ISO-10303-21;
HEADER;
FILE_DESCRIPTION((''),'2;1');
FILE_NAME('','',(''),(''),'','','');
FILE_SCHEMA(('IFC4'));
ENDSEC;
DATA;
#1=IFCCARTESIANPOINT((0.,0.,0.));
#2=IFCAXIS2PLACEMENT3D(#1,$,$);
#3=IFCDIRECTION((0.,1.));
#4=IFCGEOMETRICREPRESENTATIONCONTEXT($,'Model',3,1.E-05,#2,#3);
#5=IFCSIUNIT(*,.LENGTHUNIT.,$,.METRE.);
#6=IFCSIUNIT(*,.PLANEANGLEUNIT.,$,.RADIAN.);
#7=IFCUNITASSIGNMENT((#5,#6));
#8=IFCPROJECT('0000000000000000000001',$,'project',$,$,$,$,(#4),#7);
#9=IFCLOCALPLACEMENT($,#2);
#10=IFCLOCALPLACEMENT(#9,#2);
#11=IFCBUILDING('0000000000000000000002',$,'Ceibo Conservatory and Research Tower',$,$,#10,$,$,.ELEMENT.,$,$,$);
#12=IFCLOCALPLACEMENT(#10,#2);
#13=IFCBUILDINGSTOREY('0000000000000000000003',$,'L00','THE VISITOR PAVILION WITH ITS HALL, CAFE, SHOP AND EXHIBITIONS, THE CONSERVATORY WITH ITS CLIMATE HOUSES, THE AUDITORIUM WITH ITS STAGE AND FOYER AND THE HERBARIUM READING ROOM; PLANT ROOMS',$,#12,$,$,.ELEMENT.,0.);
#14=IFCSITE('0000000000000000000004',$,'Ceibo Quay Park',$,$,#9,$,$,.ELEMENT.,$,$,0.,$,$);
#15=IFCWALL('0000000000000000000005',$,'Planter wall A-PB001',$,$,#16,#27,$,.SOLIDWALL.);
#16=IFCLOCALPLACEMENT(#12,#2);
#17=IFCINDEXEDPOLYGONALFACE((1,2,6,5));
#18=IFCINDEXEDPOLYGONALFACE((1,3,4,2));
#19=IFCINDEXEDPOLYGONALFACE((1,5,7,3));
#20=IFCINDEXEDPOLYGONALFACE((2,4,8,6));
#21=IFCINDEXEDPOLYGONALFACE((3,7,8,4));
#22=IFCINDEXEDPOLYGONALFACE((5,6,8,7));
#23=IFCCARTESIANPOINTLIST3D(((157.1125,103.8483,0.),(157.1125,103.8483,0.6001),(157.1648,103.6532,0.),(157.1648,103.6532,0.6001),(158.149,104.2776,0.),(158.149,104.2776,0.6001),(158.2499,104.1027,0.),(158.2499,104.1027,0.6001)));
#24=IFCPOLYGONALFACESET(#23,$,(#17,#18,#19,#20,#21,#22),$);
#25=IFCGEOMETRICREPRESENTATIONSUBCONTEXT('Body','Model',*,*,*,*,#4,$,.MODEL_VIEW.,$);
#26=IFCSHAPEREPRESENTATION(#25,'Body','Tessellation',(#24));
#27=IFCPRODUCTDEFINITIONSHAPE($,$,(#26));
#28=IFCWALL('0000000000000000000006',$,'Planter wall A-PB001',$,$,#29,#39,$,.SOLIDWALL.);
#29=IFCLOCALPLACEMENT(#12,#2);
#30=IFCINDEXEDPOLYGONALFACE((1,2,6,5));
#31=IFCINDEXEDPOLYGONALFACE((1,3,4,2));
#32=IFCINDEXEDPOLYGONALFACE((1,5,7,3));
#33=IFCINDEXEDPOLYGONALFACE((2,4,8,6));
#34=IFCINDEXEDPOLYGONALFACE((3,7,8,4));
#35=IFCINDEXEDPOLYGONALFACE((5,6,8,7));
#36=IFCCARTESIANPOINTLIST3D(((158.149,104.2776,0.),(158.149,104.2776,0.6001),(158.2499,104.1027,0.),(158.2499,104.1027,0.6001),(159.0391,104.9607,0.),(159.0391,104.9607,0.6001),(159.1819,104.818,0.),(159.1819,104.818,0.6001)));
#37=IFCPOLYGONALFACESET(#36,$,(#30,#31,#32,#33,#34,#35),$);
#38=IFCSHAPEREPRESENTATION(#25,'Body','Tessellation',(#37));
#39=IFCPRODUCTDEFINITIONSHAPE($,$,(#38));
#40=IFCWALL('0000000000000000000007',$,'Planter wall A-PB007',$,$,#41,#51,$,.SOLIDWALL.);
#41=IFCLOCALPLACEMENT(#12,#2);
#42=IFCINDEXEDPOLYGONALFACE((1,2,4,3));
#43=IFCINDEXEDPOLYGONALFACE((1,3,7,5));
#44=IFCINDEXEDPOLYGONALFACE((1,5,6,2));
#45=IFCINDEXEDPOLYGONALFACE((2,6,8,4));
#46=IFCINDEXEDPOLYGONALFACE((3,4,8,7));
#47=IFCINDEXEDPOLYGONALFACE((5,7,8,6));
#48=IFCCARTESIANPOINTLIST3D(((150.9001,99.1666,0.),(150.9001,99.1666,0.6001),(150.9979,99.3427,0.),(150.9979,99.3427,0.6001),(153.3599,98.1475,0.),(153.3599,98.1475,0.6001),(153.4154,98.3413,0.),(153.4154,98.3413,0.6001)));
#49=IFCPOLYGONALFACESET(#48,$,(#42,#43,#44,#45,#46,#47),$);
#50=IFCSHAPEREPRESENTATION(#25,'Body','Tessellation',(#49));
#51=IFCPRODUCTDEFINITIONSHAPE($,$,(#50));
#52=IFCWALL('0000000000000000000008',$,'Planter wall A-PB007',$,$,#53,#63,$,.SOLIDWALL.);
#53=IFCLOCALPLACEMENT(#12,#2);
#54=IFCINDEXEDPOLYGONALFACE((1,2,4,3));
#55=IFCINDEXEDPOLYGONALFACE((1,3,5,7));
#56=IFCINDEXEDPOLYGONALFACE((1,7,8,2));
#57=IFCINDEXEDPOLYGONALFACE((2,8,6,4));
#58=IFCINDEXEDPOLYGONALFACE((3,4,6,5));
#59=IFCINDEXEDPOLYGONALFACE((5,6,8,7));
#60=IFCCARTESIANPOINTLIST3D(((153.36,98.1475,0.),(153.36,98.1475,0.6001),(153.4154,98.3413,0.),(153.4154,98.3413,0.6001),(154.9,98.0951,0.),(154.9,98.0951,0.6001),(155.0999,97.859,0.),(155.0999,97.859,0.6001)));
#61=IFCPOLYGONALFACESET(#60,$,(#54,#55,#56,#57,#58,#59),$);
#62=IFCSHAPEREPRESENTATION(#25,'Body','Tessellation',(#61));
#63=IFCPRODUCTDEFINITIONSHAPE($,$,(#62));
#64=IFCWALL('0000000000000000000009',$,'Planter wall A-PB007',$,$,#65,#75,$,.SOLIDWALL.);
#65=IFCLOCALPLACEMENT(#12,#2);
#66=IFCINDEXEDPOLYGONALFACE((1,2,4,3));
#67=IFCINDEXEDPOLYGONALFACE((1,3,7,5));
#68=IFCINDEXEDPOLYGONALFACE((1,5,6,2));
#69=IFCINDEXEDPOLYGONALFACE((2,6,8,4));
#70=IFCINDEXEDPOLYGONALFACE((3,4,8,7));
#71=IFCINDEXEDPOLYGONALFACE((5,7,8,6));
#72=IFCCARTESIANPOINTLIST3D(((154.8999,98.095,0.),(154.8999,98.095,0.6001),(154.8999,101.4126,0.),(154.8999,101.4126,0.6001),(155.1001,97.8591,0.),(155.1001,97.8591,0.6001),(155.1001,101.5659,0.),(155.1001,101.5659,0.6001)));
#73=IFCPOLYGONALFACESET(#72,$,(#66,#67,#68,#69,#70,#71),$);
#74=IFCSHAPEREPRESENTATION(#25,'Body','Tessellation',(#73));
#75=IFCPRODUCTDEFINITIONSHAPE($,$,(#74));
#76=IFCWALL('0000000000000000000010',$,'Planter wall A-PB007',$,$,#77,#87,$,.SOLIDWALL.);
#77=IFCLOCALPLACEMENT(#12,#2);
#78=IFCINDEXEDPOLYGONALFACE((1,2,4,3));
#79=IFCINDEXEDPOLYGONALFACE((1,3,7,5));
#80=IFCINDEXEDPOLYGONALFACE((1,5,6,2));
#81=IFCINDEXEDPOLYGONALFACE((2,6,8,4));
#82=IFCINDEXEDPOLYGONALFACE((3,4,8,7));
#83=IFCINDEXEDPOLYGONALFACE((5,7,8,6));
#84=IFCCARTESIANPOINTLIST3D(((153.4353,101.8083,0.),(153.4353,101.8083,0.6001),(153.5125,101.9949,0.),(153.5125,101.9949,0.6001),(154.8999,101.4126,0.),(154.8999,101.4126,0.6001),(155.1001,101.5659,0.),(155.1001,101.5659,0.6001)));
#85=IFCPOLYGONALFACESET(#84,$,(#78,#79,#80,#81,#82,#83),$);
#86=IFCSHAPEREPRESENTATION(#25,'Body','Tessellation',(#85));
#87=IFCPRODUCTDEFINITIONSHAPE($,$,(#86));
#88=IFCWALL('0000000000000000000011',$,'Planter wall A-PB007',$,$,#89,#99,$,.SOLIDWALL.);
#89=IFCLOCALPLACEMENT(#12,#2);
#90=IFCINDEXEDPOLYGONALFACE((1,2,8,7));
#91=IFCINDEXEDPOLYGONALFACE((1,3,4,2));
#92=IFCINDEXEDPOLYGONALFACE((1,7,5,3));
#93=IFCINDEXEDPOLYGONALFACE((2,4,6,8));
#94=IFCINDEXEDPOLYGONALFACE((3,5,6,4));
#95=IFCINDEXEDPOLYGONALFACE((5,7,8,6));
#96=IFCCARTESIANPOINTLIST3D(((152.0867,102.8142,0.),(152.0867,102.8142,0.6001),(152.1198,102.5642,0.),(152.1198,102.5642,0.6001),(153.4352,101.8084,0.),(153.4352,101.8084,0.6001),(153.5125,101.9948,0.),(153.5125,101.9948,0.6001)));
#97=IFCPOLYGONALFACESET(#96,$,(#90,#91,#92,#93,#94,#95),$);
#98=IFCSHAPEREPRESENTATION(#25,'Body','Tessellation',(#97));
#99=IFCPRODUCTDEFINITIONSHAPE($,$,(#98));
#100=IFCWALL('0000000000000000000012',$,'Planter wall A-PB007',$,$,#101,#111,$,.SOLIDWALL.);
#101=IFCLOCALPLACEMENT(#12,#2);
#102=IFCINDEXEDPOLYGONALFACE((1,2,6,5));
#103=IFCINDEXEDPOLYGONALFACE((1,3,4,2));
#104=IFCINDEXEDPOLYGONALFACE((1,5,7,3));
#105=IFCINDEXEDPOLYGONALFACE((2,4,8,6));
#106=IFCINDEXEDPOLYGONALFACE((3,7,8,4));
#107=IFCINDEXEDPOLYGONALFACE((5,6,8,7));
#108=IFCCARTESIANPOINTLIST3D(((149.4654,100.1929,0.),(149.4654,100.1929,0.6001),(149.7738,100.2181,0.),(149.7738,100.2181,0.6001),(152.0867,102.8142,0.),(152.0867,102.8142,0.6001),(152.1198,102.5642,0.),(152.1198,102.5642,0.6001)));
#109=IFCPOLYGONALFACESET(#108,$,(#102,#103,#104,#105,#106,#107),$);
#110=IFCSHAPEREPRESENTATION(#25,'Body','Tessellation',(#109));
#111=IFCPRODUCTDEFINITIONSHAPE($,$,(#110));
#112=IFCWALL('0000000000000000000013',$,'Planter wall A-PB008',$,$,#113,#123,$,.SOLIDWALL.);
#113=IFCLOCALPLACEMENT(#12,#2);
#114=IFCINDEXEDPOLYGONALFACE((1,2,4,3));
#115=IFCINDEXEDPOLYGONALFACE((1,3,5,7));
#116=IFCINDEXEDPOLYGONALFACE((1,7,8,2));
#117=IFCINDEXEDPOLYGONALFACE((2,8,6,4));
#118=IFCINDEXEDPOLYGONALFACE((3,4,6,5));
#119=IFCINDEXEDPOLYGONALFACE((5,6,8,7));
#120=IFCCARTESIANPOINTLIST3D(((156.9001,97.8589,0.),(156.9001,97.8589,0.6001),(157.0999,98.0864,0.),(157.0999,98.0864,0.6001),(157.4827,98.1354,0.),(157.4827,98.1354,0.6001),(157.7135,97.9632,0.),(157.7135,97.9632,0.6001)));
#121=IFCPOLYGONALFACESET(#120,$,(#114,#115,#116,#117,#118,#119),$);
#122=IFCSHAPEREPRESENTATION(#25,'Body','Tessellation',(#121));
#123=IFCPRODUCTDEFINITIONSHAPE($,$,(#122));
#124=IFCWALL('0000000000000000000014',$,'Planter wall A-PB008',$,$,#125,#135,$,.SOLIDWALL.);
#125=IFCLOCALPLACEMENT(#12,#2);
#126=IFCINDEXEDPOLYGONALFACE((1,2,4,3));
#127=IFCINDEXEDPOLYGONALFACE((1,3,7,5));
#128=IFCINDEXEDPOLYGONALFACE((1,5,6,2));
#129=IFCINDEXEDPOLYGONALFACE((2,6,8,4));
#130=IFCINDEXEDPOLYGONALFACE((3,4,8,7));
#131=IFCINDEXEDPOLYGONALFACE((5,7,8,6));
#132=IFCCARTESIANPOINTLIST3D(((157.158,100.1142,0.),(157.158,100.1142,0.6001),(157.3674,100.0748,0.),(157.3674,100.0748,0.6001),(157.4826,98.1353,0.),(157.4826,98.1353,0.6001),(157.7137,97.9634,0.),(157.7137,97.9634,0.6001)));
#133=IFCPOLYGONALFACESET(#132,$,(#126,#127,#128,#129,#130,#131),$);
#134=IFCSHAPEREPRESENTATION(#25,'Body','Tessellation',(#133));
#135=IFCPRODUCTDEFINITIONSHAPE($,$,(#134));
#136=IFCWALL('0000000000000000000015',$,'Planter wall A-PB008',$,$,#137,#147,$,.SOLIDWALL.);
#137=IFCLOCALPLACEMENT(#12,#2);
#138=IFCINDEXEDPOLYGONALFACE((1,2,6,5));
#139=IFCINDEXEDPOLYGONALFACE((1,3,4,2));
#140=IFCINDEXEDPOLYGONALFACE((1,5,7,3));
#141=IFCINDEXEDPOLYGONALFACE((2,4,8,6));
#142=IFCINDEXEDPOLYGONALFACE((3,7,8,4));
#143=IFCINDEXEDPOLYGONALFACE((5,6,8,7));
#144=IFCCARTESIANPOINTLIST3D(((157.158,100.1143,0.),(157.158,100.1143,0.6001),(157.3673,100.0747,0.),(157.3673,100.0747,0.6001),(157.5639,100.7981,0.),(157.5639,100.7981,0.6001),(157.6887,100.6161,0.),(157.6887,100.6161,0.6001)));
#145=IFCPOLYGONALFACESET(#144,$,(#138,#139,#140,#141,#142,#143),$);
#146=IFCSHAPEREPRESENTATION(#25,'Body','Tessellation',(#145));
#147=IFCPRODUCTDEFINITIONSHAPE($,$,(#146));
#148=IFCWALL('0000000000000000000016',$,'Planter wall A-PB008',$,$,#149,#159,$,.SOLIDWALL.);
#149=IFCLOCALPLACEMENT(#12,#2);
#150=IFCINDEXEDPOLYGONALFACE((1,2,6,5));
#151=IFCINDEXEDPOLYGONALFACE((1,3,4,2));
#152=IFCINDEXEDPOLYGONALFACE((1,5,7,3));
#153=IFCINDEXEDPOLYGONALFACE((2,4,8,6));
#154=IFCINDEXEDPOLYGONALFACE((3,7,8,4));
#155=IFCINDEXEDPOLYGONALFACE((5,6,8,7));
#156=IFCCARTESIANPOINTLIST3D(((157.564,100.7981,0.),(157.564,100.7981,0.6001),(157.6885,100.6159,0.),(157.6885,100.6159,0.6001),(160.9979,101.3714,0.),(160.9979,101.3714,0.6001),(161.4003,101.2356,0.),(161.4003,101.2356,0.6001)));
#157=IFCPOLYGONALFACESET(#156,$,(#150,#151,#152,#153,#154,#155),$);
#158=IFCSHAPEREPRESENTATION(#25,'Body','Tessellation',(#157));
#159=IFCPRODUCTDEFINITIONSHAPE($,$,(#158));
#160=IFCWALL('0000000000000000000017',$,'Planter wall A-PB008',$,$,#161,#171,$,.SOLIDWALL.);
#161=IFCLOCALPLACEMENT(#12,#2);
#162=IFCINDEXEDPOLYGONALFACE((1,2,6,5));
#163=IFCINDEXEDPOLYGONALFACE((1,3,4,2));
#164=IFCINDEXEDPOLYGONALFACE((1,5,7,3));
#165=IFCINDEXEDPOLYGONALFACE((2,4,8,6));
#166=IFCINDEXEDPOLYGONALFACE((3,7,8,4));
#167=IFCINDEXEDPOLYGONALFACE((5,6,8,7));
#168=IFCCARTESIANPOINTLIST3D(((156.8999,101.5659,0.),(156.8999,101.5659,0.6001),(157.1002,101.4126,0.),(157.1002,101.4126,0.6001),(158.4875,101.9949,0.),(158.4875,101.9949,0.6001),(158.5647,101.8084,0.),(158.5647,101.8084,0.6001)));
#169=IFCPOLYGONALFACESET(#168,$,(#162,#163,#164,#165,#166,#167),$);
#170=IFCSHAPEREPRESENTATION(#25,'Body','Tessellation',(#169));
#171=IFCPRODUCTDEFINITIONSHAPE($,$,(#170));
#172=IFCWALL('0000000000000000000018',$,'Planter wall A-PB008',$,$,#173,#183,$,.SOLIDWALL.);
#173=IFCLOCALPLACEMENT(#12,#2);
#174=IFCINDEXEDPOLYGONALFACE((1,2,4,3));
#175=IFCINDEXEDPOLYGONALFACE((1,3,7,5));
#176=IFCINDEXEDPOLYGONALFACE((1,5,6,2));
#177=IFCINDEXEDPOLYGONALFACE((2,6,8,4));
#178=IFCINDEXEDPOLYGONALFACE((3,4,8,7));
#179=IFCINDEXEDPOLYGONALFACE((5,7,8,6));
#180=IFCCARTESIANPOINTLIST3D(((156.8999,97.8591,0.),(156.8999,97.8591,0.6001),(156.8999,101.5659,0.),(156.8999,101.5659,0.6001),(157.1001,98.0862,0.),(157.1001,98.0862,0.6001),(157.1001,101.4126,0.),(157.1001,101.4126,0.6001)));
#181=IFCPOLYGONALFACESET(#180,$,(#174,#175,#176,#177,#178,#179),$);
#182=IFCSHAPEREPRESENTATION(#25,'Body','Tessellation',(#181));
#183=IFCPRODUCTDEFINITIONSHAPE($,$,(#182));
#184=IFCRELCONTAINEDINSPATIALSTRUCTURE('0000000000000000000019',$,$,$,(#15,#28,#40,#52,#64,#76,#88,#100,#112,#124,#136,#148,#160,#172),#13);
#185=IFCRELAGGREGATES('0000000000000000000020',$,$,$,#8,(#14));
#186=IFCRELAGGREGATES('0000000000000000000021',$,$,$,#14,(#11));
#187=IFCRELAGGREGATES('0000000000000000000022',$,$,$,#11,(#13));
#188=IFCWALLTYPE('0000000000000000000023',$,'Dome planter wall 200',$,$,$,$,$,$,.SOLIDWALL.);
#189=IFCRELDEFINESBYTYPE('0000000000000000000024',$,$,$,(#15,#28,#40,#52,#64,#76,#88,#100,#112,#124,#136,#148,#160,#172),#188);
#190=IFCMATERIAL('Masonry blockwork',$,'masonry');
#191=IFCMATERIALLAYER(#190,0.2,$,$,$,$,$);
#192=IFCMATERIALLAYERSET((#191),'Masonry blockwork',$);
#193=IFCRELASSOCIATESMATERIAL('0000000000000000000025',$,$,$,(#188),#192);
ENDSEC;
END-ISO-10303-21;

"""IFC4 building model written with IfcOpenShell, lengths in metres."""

from ifc_helpers import new_model, si_unit, direction, frame, origin, place, context, subcontext, project, spatial, polyline, outline, extrude, material, layer, layer_set, type_object, element, save


model = new_model("IFC4")

# Units and contexts
model_context = context("Model", 3, precision=1e-05, world=origin(), true_north=direction((0.0, 1.0)))
body_context = subcontext(model_context, "Body", "Model", "MODEL_VIEW")
ifc_project = project(units=[si_unit("LENGTHUNIT", "METRE"), si_unit("PLANEANGLEUNIT", "RADIAN")], contexts=[model_context])

# Site, building, storey
site_placement = place(None, origin())
site = spatial("IfcSite", under=ifc_project, at=site_placement, Name="Ceibo Quay Park", CompositionType="ELEMENT", RefElevation=0.0)
building_placement = place(site_placement, origin())
building = spatial("IfcBuilding", under=site, at=building_placement, Name="Ceibo Conservatory and Research Tower", CompositionType="ELEMENT")
storey_placement = place(building_placement, origin())
storey = spatial("IfcBuildingStorey", under=building, at=storey_placement, Name="L00", Description="THE VISITOR PAVILION WITH ITS HALL, CAFE, SHOP AND EXHIBITIONS, THE CONSERVATORY WITH ITS CLIMATE HOUSES, THE AUDITORIUM WITH ITS STAGE AND FOYER AND THE HERBARIUM READING ROOM; PLANT ROOMS", CompositionType="ELEMENT", Elevation=0.0)

# Walls
ifc_material_1 = material(Name="Masonry blockwork", Category="masonry")
ifc_layer_1 = layer(ifc_material_1, 0.2)
ifc_layer_set_1 = layer_set([ifc_layer_1], Name="Masonry blockwork")
wall_type_1 = type_object("IfcWallType", Name="Dome planter wall 200", PredefinedType="SOLIDWALL", material=ifc_layer_set_1)
wall_1_placement = place(storey_placement, frame((157.1387, 103.7507, 0.0), z_axis=(0.0, 0.0, 1.0), x_axis=(0.923861, 0.382727, 0.0)))
element("IfcWall", 1, at=wall_1_placement, inside=storey, type_object=wall_type_1, Name="Planter wall A-PB001", PredefinedType="SOLIDWALL", context=body_context, shape_type="SweptSolid", body=[
    extrude(outline(polyline([(-0.0132, -0.1001), (1.1614, -0.1001), (1.135, 0.1001), (0.0132, 0.1001), (-0.0132, -0.1001)])), origin(), (0.0, 0.0, 1.0), 0.6001),
])
wall_2_placement = place(storey_placement, frame((158.1995, 104.1902, 0.0), z_axis=(0.0, 0.0, 1.0), x_axis=(0.793319, 0.608806, 0.0)))
element("IfcWall", 2, at=wall_2_placement, inside=storey, type_object=wall_type_1, Name="Planter wall A-PB001", PredefinedType="SOLIDWALL", context=body_context, shape_type="SweptSolid", body=[
    extrude(outline(polyline([(-0.0132, -0.1001), (1.1616, -0.1001), (1.1353, 0.1001), (0.0132, 0.1001), (-0.0132, -0.1001)])), origin(), (0.0, 0.0, 1.0), 0.6001),
])
wall_3_placement = place(storey_placement, frame((150.949, 99.2546, 0.0), z_axis=(0.0, 0.0, 1.0), x_axis=(0.923866, -0.382717, 0.0)))
element("IfcWall", 3, at=wall_3_placement, inside=storey, type_object=wall_type_1, Name="Planter wall A-PB007", PredefinedType="SOLIDWALL", context=body_context, shape_type="SweptSolid", body=[
    extrude(outline(polyline([(-0.0115, -0.1001), (2.6511, -0.1001), (2.6282, 0.1001), (0.0115, 0.1001), (-0.0115, -0.1001)])), origin(), (0.0, 0.0, 1.0), 0.6001),
])
wall_4_placement = place(storey_placement, frame((153.3877, 98.2444, 0.0), z_axis=(0.0, 0.0, 1.0), x_axis=(0.986531, -0.163575, 0.0)))
element("IfcWall", 4, at=wall_4_placement, inside=storey, type_object=wall_type_1, Name="Planter wall A-PB007", PredefinedType="SOLIDWALL", context=body_context, shape_type="SweptSolid", body=[
    extrude(outline(polyline([(-0.0115, -0.1001), (1.7522, -0.1001), (1.5164, 0.1001), (0.0115, 0.1001), (-0.0115, -0.1001)])), origin(), (0.0, 0.0, 1.0), 0.6001),
])
wall_5_placement = place(storey_placement, frame((155.0, 97.9771, 0.0), z_axis=(0.0, 0.0, 1.0), x_axis=(0.0, 1.0, 0.0)))
element("IfcWall", 5, at=wall_5_placement, inside=storey, type_object=wall_type_1, Name="Planter wall A-PB007", PredefinedType="SOLIDWALL", context=body_context, shape_type="SweptSolid", body=[
    extrude(outline(polyline([(-0.1179, -0.1001), (3.5889, -0.1001), (3.4355, 0.1001), (0.1179, 0.1001), (-0.1179, -0.1001)])), origin(), (0.0, 0.0, 1.0), 0.6001),
])
wall_6_placement = place(storey_placement, frame((155.0, 101.4893, 0.0), z_axis=(0.0, 0.0, 1.0), x_axis=(-0.965381, 0.260843, 0.0)))
element("IfcWall", 6, at=wall_6_placement, inside=storey, type_object=wall_type_1, Name="Planter wall A-PB007", PredefinedType="SOLIDWALL", context=body_context, shape_type="SweptSolid", body=[
    extrude(outline(polyline([(-0.0767, -0.1001), (1.5679, -0.1001), (1.5938, 0.1001), (0.0767, 0.1001), (-0.0767, -0.1001)])), origin(), (0.0, 0.0, 1.0), 0.6001),
])
wall_7_placement = place(storey_placement, frame((153.4739, 101.9016, 0.0), z_axis=(0.0, 0.0, 1.0), x_axis=(-0.867043, 0.498233, 0.0)))
element("IfcWall", 7, at=wall_7_placement, inside=storey, type_object=wall_type_1, Name="Planter wall A-PB007", PredefinedType="SOLIDWALL", context=body_context, shape_type="SweptSolid", body=[
    extrude(outline(polyline([(0.0129, -0.1001), (1.6575, -0.1001), (1.5042, 0.1001), (-0.0129, 0.1001), (0.0129, -0.1001)])), origin(), (0.0, 0.0, 1.0), 0.6001),
])
wall_8_placement = place(storey_placement, frame((152.1033, 102.6892, 0.0), z_axis=(0.0, 0.0, 1.0), x_axis=(-0.707107, -0.707107, 0.0)))
element("IfcWall", 8, at=wall_8_placement, inside=storey, type_object=wall_type_1, Name="Planter wall A-PB007", PredefinedType="SOLIDWALL", context=body_context, shape_type="SweptSolid", body=[
    extrude(outline(polyline([(-0.0767, -0.1001), (3.6304, -0.1001), (3.3945, 0.1001), (0.0767, 0.1001), (-0.0767, -0.1001)])), origin(), (0.0, 0.0, 1.0), 0.6001),
])
wall_9_placement = place(storey_placement, frame((157.0, 97.9727, 0.0), z_axis=(0.0, 0.0, 1.0), x_axis=(0.991887, 0.127123, 0.0)))
element("IfcWall", 9, at=wall_9_placement, inside=storey, type_object=wall_type_1, Name="Planter wall A-PB008", PredefinedType="SOLIDWALL", context=body_context, shape_type="SweptSolid", body=[
    extrude(outline(polyline([(-0.1135, -0.1001), (0.7065, -0.1001), (0.4995, 0.1001), (0.1135, 0.1001), (-0.1135, -0.1001)])), origin(), (0.0, 0.0, 1.0), 0.6001),
])
wall_10_placement = place(storey_placement, frame((157.5981, 98.0493, 0.0), z_axis=(0.0, 0.0, 1.0), x_axis=(-0.161858, 0.986814, 0.0)))
element("IfcWall", 10, at=wall_10_placement, inside=storey, type_object=wall_type_1, Name="Planter wall A-PB008", PredefinedType="SOLIDWALL", context=body_context, shape_type="SweptSolid", body=[
    extrude(outline(polyline([(-0.1035, -0.1001), (2.0361, -0.1001), (2.1089, 0.1001), (0.1035, 0.1001), (-0.1035, -0.1001)])), origin(), (0.0, 0.0, 1.0), 0.6001),
])
wall_11_placement = place(storey_placement, frame((157.2627, 100.0945, 0.0), z_axis=(0.0, 0.0, 1.0), x_axis=(0.510357, 0.859963, 0.0)))
element("IfcWall", 11, at=wall_11_placement, inside=storey, type_object=wall_type_1, Name="Planter wall A-PB008", PredefinedType="SOLIDWALL", context=body_context, shape_type="SweptSolid", body=[
    extrude(outline(polyline([(0.0364, -0.1001), (0.666, -0.1001), (0.7588, 0.1001), (-0.0364, 0.1001), (0.0364, -0.1001)])), origin(), (0.0, 0.0, 1.0), 0.6001),
])
wall_12_placement = place(storey_placement, frame((157.6262, 100.707, 0.0), z_axis=(0.0, 0.0, 1.0), x_axis=(0.98635, 0.164661, 0.0)))
element("IfcWall", 12, at=wall_12_placement, inside=storey, type_object=wall_type_1, Name="Planter wall A-PB008", PredefinedType="SOLIDWALL", context=body_context, shape_type="SweptSolid", body=[
    extrude(outline(polyline([(0.0464, -0.1001), (3.8096, -0.1001), (3.4351, 0.1001), (-0.0464, 0.1001), (0.0464, -0.1001)])), origin(), (0.0, 0.0, 1.0), 0.6001),
])
wall_13_placement = place(storey_placement, frame((158.5261, 101.9016, 0.0), z_axis=(0.0, 0.0, 1.0), x_axis=(-0.965381, -0.260843, 0.0)))
element("IfcWall", 13, at=wall_13_placement, inside=storey, type_object=wall_type_1, Name="Planter wall A-PB008", PredefinedType="SOLIDWALL", context=body_context, shape_type="SweptSolid", body=[
    extrude(outline(polyline([(0.0129, -0.1001), (1.6575, -0.1001), (1.5042, 0.1001), (-0.0129, 0.1001), (0.0129, -0.1001)])), origin(), (0.0, 0.0, 1.0), 0.6001),
])
wall_14_placement = place(storey_placement, frame((157.0, 101.4893, 0.0), z_axis=(0.0, 0.0, 1.0), x_axis=(0.0, -1.0, 0.0)))
element("IfcWall", 14, at=wall_14_placement, inside=storey, type_object=wall_type_1, Name="Planter wall A-PB008", PredefinedType="SOLIDWALL", context=body_context, shape_type="SweptSolid", body=[
    extrude(outline(polyline([(-0.0767, -0.1001), (3.6301, -0.1001), (3.4031, 0.1001), (0.0767, 0.1001), (-0.0767, -0.1001)])), origin(), (0.0, 0.0, 1.0), 0.6001),
])

save(model, "model.ifc")
